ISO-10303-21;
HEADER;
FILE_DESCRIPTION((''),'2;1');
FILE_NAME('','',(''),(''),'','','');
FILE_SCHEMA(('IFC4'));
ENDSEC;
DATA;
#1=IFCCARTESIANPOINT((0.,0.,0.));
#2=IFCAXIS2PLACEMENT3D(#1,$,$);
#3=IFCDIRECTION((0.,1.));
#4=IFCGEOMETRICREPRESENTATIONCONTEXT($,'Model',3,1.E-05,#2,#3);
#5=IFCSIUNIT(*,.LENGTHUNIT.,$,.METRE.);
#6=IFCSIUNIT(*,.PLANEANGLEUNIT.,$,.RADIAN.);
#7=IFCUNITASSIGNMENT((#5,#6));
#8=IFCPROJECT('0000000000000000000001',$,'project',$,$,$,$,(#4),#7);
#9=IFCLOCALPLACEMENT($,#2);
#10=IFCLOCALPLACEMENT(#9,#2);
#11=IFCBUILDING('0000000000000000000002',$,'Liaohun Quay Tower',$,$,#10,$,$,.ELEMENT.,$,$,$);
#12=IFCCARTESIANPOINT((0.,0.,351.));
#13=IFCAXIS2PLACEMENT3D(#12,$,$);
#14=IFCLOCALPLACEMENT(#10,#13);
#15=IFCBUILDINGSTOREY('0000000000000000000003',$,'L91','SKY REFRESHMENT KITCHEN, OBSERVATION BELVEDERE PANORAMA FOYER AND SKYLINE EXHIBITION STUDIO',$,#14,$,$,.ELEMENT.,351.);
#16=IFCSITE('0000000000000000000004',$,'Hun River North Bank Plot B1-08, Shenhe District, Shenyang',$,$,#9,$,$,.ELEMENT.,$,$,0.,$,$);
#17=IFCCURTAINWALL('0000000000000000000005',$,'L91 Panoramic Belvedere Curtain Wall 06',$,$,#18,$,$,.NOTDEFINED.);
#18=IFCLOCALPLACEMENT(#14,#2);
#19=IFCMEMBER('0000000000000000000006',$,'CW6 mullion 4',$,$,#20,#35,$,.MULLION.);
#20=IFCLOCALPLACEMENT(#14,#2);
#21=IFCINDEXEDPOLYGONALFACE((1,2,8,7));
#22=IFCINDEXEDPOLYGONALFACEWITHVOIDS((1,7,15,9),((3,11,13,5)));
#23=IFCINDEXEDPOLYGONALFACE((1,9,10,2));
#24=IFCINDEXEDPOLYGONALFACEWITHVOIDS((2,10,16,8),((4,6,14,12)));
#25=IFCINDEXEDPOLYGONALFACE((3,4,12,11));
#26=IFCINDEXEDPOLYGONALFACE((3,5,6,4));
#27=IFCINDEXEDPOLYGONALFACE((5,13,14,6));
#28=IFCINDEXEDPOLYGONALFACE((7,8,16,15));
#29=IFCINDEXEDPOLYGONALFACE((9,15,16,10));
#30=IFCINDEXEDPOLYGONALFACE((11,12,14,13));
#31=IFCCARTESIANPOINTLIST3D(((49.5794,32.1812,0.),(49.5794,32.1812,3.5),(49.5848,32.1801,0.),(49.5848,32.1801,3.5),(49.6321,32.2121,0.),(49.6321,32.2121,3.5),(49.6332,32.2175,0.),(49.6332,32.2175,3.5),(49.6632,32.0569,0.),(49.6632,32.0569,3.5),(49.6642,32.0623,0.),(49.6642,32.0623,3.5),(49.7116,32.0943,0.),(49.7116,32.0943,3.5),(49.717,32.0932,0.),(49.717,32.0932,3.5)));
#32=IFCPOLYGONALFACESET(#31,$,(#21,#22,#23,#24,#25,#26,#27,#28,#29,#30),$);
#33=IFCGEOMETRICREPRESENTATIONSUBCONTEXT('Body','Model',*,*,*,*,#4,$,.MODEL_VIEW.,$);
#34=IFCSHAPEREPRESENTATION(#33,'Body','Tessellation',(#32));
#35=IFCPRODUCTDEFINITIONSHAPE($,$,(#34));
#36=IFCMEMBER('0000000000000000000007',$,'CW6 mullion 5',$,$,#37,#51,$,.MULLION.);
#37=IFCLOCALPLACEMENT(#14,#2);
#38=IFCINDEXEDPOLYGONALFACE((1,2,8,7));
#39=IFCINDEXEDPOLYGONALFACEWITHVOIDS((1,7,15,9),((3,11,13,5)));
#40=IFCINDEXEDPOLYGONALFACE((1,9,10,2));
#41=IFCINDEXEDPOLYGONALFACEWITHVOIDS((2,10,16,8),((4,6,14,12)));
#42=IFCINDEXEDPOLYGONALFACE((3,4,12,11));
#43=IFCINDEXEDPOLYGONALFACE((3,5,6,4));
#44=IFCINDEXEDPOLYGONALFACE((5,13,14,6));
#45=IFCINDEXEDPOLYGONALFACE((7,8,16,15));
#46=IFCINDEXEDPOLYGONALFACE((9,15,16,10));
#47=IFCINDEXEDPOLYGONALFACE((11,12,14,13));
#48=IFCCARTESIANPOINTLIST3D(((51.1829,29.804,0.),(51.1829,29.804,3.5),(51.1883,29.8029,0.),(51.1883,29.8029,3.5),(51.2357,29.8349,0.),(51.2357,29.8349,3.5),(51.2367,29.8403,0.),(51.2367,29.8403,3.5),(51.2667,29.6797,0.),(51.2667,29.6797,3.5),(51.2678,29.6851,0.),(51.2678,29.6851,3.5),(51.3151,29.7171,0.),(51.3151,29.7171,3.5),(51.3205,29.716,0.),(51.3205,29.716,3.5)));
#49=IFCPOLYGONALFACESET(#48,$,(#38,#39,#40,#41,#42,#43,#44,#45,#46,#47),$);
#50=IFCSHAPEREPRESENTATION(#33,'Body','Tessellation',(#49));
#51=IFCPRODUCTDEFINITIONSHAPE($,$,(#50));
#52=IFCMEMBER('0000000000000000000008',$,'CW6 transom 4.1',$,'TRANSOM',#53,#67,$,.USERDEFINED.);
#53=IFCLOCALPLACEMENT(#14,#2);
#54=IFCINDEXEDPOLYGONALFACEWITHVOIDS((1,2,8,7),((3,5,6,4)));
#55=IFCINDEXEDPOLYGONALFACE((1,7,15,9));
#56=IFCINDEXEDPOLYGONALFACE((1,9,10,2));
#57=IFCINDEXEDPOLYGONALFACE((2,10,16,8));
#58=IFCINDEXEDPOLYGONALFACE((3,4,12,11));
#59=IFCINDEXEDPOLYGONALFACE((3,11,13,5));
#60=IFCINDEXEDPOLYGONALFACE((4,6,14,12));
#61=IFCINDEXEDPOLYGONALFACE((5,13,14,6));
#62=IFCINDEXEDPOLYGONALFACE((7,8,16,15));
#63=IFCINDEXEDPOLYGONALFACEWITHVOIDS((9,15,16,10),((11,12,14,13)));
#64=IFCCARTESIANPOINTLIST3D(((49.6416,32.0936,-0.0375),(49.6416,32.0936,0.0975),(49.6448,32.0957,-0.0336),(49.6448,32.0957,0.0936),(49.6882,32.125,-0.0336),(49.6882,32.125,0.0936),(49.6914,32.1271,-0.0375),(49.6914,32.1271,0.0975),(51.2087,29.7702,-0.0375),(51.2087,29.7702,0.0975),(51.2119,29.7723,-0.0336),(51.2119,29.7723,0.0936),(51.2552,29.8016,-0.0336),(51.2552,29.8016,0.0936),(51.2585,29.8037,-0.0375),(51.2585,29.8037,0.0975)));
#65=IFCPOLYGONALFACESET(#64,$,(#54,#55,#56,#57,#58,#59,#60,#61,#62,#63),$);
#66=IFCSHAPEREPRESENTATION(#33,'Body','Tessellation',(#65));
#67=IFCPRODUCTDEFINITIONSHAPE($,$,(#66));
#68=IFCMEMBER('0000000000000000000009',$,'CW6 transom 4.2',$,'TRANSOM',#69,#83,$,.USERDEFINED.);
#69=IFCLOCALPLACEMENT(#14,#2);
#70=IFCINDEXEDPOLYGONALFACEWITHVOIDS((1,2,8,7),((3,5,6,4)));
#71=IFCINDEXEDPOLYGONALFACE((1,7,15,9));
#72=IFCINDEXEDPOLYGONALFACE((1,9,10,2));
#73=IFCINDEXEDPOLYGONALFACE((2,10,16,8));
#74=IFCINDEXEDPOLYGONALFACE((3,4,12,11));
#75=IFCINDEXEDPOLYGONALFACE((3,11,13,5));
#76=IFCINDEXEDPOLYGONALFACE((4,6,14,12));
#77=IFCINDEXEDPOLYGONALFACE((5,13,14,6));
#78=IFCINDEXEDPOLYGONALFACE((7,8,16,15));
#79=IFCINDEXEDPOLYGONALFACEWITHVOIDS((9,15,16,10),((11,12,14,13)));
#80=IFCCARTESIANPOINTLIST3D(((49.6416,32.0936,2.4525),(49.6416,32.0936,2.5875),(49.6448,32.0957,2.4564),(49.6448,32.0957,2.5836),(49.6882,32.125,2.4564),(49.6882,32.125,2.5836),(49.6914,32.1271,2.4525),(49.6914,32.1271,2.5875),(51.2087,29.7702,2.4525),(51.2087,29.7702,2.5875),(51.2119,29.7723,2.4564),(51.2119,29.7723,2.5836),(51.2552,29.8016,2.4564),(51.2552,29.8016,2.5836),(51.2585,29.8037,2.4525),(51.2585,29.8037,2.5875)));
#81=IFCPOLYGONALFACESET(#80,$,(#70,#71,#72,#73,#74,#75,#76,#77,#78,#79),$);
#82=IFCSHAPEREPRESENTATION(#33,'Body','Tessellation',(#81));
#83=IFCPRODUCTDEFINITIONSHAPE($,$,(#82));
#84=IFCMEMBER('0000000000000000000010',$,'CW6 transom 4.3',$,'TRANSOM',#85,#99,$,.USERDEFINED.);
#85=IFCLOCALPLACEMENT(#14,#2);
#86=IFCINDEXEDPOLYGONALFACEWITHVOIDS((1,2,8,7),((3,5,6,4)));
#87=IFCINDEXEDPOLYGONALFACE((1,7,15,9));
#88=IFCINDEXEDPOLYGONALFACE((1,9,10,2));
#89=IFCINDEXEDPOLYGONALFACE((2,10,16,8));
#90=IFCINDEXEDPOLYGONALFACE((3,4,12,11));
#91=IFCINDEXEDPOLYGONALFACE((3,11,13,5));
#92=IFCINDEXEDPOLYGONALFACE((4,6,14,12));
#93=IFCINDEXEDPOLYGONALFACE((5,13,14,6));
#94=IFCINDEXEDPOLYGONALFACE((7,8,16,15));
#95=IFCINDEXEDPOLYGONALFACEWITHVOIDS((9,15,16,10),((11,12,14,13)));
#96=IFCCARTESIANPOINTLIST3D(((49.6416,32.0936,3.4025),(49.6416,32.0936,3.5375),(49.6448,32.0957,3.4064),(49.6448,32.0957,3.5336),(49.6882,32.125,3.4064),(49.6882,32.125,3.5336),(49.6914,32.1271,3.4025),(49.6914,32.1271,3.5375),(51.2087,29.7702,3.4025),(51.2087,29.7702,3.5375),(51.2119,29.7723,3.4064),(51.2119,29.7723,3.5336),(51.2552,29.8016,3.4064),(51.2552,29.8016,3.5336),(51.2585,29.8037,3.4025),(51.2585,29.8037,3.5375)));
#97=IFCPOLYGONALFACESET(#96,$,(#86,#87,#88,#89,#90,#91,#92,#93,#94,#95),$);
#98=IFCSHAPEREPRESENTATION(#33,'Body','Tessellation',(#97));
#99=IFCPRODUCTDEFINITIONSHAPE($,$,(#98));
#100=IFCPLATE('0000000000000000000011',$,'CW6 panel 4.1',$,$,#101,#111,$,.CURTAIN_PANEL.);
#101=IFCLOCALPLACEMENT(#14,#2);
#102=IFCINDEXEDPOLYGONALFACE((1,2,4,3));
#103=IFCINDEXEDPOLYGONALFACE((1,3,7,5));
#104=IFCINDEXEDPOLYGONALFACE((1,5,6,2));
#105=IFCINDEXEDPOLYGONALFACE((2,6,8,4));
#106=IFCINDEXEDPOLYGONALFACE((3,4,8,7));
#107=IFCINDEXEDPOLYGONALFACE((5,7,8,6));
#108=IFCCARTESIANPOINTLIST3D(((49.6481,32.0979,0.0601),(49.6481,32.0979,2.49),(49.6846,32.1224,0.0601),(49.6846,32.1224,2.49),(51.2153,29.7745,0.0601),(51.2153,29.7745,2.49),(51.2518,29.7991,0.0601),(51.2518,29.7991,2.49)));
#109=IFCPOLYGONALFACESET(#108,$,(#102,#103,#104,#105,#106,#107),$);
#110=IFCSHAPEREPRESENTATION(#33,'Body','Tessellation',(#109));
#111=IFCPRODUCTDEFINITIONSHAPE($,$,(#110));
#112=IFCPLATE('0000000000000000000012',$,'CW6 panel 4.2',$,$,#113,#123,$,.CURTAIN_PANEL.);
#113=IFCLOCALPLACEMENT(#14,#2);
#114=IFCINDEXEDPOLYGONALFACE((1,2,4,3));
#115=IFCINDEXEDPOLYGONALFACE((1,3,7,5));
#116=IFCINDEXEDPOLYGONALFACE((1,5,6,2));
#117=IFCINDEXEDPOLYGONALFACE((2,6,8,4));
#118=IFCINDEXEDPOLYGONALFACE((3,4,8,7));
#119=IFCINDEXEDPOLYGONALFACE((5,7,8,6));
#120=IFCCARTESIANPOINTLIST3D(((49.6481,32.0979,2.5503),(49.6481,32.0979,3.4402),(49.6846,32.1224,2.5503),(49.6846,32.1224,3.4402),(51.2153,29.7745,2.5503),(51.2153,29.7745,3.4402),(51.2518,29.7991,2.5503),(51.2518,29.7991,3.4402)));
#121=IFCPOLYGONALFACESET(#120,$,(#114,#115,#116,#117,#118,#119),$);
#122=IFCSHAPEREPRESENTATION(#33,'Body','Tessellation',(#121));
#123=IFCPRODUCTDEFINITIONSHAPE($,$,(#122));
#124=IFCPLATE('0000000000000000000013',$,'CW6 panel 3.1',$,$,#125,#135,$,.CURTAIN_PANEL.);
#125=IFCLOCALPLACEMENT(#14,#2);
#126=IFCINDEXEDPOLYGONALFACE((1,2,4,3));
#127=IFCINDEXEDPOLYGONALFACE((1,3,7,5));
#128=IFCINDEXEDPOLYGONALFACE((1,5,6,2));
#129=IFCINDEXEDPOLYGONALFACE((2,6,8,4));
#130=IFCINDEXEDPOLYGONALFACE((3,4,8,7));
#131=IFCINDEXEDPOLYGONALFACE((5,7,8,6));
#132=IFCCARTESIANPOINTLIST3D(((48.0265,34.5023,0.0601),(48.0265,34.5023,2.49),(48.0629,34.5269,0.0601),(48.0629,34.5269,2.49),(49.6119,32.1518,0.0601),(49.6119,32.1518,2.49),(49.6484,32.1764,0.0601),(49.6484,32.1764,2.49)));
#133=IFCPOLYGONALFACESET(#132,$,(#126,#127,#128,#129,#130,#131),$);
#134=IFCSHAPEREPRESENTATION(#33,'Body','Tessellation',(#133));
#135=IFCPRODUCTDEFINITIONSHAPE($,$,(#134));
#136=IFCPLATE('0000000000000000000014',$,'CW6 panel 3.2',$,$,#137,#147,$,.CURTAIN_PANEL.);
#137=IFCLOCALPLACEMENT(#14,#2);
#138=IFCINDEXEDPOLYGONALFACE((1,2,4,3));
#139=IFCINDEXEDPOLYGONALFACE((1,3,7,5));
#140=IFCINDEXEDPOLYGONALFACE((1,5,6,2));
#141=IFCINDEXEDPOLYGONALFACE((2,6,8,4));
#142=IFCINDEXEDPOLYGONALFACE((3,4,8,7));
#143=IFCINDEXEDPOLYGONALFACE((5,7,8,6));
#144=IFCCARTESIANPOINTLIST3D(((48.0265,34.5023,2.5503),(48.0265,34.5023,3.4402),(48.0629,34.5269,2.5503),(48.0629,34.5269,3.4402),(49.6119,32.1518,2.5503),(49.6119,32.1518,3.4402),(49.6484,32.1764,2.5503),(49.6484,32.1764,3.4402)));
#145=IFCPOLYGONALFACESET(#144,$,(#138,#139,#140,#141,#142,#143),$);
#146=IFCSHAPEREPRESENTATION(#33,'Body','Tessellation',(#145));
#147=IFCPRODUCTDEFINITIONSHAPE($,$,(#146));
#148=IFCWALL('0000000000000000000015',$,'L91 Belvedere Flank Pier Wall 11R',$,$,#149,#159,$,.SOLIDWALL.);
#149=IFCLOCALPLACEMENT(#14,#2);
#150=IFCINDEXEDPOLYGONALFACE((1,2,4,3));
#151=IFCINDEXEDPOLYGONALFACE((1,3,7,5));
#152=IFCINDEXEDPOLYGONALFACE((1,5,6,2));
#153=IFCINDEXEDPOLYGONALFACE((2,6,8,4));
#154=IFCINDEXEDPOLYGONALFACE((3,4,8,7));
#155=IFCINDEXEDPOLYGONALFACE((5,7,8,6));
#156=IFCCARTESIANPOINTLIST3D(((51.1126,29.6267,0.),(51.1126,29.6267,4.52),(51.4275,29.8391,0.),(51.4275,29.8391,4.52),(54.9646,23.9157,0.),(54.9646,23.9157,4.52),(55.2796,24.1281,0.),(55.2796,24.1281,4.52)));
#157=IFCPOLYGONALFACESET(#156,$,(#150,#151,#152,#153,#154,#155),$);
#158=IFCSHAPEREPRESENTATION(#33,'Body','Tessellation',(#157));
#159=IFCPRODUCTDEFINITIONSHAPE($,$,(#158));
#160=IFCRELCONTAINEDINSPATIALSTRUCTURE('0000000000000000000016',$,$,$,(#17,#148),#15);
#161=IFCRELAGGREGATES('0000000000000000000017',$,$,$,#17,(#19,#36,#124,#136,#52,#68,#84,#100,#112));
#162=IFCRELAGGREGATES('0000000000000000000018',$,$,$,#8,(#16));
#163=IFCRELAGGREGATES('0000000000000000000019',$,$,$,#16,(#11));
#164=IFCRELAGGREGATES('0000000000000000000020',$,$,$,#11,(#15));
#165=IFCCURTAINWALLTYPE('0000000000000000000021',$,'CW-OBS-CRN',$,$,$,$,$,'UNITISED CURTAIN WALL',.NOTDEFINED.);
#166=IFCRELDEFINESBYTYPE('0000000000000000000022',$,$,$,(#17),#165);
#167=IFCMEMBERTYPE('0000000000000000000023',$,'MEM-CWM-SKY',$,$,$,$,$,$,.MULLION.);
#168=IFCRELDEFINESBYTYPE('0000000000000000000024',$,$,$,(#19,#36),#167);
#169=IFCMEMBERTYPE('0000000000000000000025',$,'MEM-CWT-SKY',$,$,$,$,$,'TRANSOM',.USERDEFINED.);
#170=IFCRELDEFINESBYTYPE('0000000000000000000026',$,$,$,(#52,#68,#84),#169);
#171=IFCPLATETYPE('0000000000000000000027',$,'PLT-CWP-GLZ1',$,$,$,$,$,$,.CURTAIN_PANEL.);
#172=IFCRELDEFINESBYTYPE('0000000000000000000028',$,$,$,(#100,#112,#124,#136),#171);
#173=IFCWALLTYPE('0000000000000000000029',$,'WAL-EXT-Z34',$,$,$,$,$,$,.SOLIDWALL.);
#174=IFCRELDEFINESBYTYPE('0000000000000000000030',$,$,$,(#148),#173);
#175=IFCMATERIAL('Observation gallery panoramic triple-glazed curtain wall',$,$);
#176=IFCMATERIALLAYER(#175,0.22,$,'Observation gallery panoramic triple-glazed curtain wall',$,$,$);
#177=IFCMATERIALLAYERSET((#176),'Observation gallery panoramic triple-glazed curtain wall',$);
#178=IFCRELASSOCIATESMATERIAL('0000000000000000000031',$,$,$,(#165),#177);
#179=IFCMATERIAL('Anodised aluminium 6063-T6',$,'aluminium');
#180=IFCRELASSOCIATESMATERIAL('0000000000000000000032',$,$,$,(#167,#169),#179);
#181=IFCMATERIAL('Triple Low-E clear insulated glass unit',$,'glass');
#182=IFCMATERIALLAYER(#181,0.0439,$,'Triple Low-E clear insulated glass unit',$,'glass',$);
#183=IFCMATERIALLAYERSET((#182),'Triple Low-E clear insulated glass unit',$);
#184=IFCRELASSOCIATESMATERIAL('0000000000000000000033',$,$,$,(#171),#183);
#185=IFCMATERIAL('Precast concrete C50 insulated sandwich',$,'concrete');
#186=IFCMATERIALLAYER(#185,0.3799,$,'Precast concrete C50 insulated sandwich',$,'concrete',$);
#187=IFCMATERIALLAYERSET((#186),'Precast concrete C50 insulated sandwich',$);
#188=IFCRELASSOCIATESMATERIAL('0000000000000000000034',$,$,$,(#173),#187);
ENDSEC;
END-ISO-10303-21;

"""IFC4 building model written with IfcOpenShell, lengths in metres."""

from ifc_helpers import new_model, si_unit, direction, frame, frame_2d, origin, origin_2d, place, context, subcontext, project, spatial, rectangle, hollow_rectangle, extrude, source, transform, mapped, material, layer, layer_set, material_profile, profile_set, type_object, element, aggregate, save


model = new_model("IFC4")

# Units and contexts
model_context = context("Model", 3, precision=1e-05, world=origin(), true_north=direction((0.0, 1.0)))
body_context = subcontext(model_context, "Body", "Model", "MODEL_VIEW")
ifc_project = project(units=[si_unit("LENGTHUNIT", "METRE"), si_unit("PLANEANGLEUNIT", "RADIAN")], contexts=[model_context])

# Site, building, storey
site_placement = place(None, origin())
site = spatial("IfcSite", under=ifc_project, at=site_placement, Name="Hun River North Bank Plot B1-08, Shenhe District, Shenyang", CompositionType="ELEMENT", RefElevation=0.0)
building_placement = place(site_placement, origin())
building = spatial("IfcBuilding", under=site, at=building_placement, Name="Liaohun Quay Tower", CompositionType="ELEMENT")
storey_placement = place(building_placement, frame((0.0, 0.0, 351.0)))
storey = spatial("IfcBuildingStorey", under=building, at=storey_placement, Name="L91", Description="SKY REFRESHMENT KITCHEN, OBSERVATION BELVEDERE PANORAMA FOYER AND SKYLINE EXHIBITION STUDIO", CompositionType="ELEMENT", Elevation=351.0)

# Curtain wall, members, plates
ifc_material_1 = material(Name="Observation gallery panoramic triple-glazed curtain wall")
ifc_layer_1 = layer(ifc_material_1, 0.22, Name="Observation gallery panoramic triple-glazed curtain wall")
ifc_layer_set_1 = layer_set([ifc_layer_1], Name="Observation gallery panoramic triple-glazed curtain wall")
curtain_wall_type = type_object("IfcCurtainWallType", Name="CW-OBS-CRN", ElementType="UNITISED CURTAIN WALL", PredefinedType="NOTDEFINED", material=ifc_layer_set_1)
curtain_wall_placement = place(storey_placement, origin())
curtain_wall = element("IfcCurtainWall", 1, at=curtain_wall_placement, inside=storey, type_object=curtain_wall_type, Name="L91 Panoramic Belvedere Curtain Wall 06", PredefinedType="NOTDEFINED")
ifc_material_2 = material(Name="Anodised aluminium 6063-T6", Category="aluminium")
ifc_material_profile_1 = material_profile(ifc_material_2, hollow_rectangle(XDim=0.0649, YDim=0.1499, WallThickness=0.0039, at=origin_2d()), Name="RHS150x65x4")
ifc_profile_set_1 = profile_set([ifc_material_profile_1], Name="Anodised aluminium 6063-T6")
member_type_1 = type_object("IfcMemberType", Name="MEM-CWM-SKY", PredefinedType="MULLION", material=ifc_profile_set_1)
shared_shape_1 = source(origin(), body_context, "Body", "SweptSolid", [
    extrude(hollow_rectangle(XDim=0.0649, YDim=0.1499, WallThickness=0.0039, at=origin_2d()), origin(), (0.0, 0.0, 1.0), 3.5),
])
member_1_placement = place(storey_placement, frame((49.6482, 32.1372, 0.0), z_axis=(0.0, 0.0, 1.0), x_axis=(0.829028, 0.559208, 0.0)))
member_1 = element("IfcMember", 2, at=member_1_placement, type_object=member_type_1, Name="CW6 mullion 4", PredefinedType="MULLION", context=body_context, shape_type="MappedRepresentation", body=[
    mapped(shared_shape_1, transform((0.0, 0.0, 0.0), x_axis=(1.0, 0.0, 0.0), y_axis=(0.0, 1.0, 0.0), z_axis=(0.0, 0.0, 1.0), scale=1.0)),
])
member_2_placement = place(storey_placement, frame((51.2517, 29.76, 0.0), z_axis=(0.0, 0.0, 1.0), x_axis=(0.829028, 0.559208, 0.0)))
member_2 = element("IfcMember", 3, at=member_2_placement, type_object=member_type_1, Name="CW6 mullion 5", PredefinedType="MULLION", context=body_context, shape_type="MappedRepresentation", body=[
    mapped(shared_shape_1, transform((0.0, 0.0, 0.0), x_axis=(1.0, 0.0, 0.0), y_axis=(0.0, 1.0, 0.0), z_axis=(0.0, 0.0, 1.0), scale=1.0)),
])
ifc_material_profile_2 = material_profile(ifc_material_2, hollow_rectangle(XDim=0.0601, YDim=0.135, WallThickness=0.0039, at=origin_2d()), Name="RHS135x60x4")
ifc_profile_set_2 = profile_set([ifc_material_profile_2], Name="Anodised aluminium 6063-T6")
member_type_2 = type_object("IfcMemberType", Name="MEM-CWT-SKY", ElementType="TRANSOM", PredefinedType="USERDEFINED", material=ifc_profile_set_2)
shared_shape_2 = source(origin(), body_context, "Body", "SweptSolid", [
    extrude(hollow_rectangle(XDim=0.0601, YDim=0.135, WallThickness=0.0039, at=origin_2d()), origin(), (0.0, 0.0, 1.0), 2.8025),
])
member_3_placement = place(storey_placement, frame((49.6665, 32.1104, 0.03), z_axis=(0.559175, -0.82905, 0.0), x_axis=(0.82905, 0.559175, 0.0)))
member_3 = element("IfcMember", 4, at=member_3_placement, type_object=member_type_2, Name="CW6 transom 4.1", ObjectType="TRANSOM", PredefinedType="USERDEFINED", context=body_context, shape_type="MappedRepresentation", body=[
    mapped(shared_shape_2, transform((0.0, 0.0, 0.0), x_axis=(1.0, 0.0, 0.0), y_axis=(0.0, 1.0, 0.0), z_axis=(0.0, 0.0, 1.0), scale=1.0)),
])
member_4_placement = place(storey_placement, frame((49.6665, 32.1104, 2.52), z_axis=(0.559175, -0.82905, 0.0), x_axis=(0.82905, 0.559175, 0.0)))
member_4 = element("IfcMember", 5, at=member_4_placement, type_object=member_type_2, Name="CW6 transom 4.2", ObjectType="TRANSOM", PredefinedType="USERDEFINED", context=body_context, shape_type="MappedRepresentation", body=[
    mapped(shared_shape_2, transform((0.0, 0.0, 0.0), x_axis=(1.0, 0.0, 0.0), y_axis=(0.0, 1.0, 0.0), z_axis=(0.0, 0.0, 1.0), scale=1.0)),
])
member_5_placement = place(storey_placement, frame((49.6665, 32.1104, 3.47), z_axis=(0.559175, -0.82905, 0.0), x_axis=(0.82905, 0.559175, 0.0)))
member_5 = element("IfcMember", 6, at=member_5_placement, type_object=member_type_2, Name="CW6 transom 4.3", ObjectType="TRANSOM", PredefinedType="USERDEFINED", context=body_context, shape_type="MappedRepresentation", body=[
    mapped(shared_shape_2, transform((0.0, 0.0, 0.0), x_axis=(1.0, 0.0, 0.0), y_axis=(0.0, 1.0, 0.0), z_axis=(0.0, 0.0, 1.0), scale=1.0)),
])
ifc_material_3 = material(Name="Triple Low-E clear insulated glass unit", Category="glass")
ifc_layer_2 = layer(ifc_material_3, 0.0439, Name="Triple Low-E clear insulated glass unit", Category="glass")
ifc_layer_set_2 = layer_set([ifc_layer_2], Name="Triple Low-E clear insulated glass unit")
plate_type = type_object("IfcPlateType", Name="PLT-CWP-GLZ1", PredefinedType="CURTAIN_PANEL", material=ifc_layer_set_2)
shared_shape_3 = source(origin(), body_context, "Body", "SweptSolid", [
    extrude(rectangle(XDim=2.8025, YDim=0.0439, at=origin_2d()), origin(), (0.0, 0.0, 1.0), 2.4299),
])
plate_1_placement = place(storey_placement, frame((50.45, 30.9485, 0.0601), z_axis=(0.0, 0.0, 1.0), x_axis=(0.559208, -0.829028, 0.0)))
plate_1 = element("IfcPlate", 7, at=plate_1_placement, type_object=plate_type, Name="CW6 panel 4.1", PredefinedType="CURTAIN_PANEL", context=body_context, shape_type="MappedRepresentation", body=[
    mapped(shared_shape_3, transform((0.0, 0.0, 0.0), x_axis=(1.0, 0.0, 0.0), y_axis=(0.0, 1.0, 0.0), z_axis=(0.0, 0.0, 1.0), scale=1.0)),
])
shared_shape_4 = source(origin(), body_context, "Body", "SweptSolid", [
    extrude(rectangle(XDim=2.8025, YDim=0.0439, at=origin_2d()), origin(), (0.0, 0.0, 1.0), 0.8899),
])
plate_2_placement = place(storey_placement, frame((50.45, 30.9485, 2.5503), z_axis=(0.0, 0.0, 1.0), x_axis=(0.559208, -0.829028, 0.0)))
plate_2 = element("IfcPlate", 8, at=plate_2_placement, type_object=plate_type, Name="CW6 panel 4.2", PredefinedType="CURTAIN_PANEL", context=body_context, shape_type="MappedRepresentation", body=[
    mapped(shared_shape_4, transform((0.0, 0.0, 0.0), x_axis=(1.0, 0.0, 0.0), y_axis=(0.0, 1.0, 0.0), z_axis=(0.0, 0.0, 1.0), scale=1.0)),
])
shared_shape_5 = source(origin(), body_context, "Body", "SweptSolid", [
    extrude(rectangle(XDim=2.8352, YDim=0.0439, at=origin_2d()), origin(), (0.0, 0.0, 1.0), 2.4299),
])
plate_3_placement = place(storey_placement, frame((48.8374, 33.3394, 0.0601), z_axis=(0.0, 0.0, 1.0), x_axis=(0.559208, -0.829028, 0.0)))
plate_3 = element("IfcPlate", 9, at=plate_3_placement, type_object=plate_type, Name="CW6 panel 3.1", PredefinedType="CURTAIN_PANEL", context=body_context, shape_type="MappedRepresentation", body=[
    mapped(shared_shape_5, transform((0.0, 0.0, 0.0), x_axis=(1.0, 0.0, 0.0), y_axis=(0.0, 1.0, 0.0), z_axis=(0.0, 0.0, 1.0), scale=1.0)),
])
shared_shape_6 = source(origin(), body_context, "Body", "SweptSolid", [
    extrude(rectangle(XDim=2.8352, YDim=0.0439, at=origin_2d()), origin(), (0.0, 0.0, 1.0), 0.8899),
])
plate_4_placement = place(storey_placement, frame((48.8374, 33.3394, 2.5503), z_axis=(0.0, 0.0, 1.0), x_axis=(0.559208, -0.829028, 0.0)))
plate_4 = element("IfcPlate", 10, at=plate_4_placement, type_object=plate_type, Name="CW6 panel 3.2", PredefinedType="CURTAIN_PANEL", context=body_context, shape_type="MappedRepresentation", body=[
    mapped(shared_shape_6, transform((0.0, 0.0, 0.0), x_axis=(1.0, 0.0, 0.0), y_axis=(0.0, 1.0, 0.0), z_axis=(0.0, 0.0, 1.0), scale=1.0)),
])
aggregate(curtain_wall, [member_1, member_2, plate_3, plate_4, member_3, member_4, member_5, plate_1, plate_2])

# Wall
ifc_material_4 = material(Name="Precast concrete C50 insulated sandwich", Category="concrete")
ifc_layer_3 = layer(ifc_material_4, 0.3799, Name="Precast concrete C50 insulated sandwich", Category="concrete")
ifc_layer_set_3 = layer_set([ifc_layer_3], Name="Precast concrete C50 insulated sandwich")
wall_type = type_object("IfcWallType", Name="WAL-EXT-Z34", PredefinedType="SOLIDWALL", material=ifc_layer_set_3)
wall_1_placement = place(storey_placement, frame((51.27, 29.7329, 0.0), z_axis=(0.0, 0.0, 1.0), x_axis=(0.55919, -0.829039, 0.0)))
element("IfcWall", 11, at=wall_1_placement, inside=storey, type_object=wall_type, Name="L91 Belvedere Flank Pier Wall 11R", PredefinedType="SOLIDWALL", context=body_context, shape_type="SweptSolid", body=[
    extrude(rectangle(XDim=6.8887, YDim=0.3799, at=frame_2d((3.4443, 0.0))), origin(), (0.0, 0.0, 1.0), 4.52),
])

save(model, "model.ifc")
